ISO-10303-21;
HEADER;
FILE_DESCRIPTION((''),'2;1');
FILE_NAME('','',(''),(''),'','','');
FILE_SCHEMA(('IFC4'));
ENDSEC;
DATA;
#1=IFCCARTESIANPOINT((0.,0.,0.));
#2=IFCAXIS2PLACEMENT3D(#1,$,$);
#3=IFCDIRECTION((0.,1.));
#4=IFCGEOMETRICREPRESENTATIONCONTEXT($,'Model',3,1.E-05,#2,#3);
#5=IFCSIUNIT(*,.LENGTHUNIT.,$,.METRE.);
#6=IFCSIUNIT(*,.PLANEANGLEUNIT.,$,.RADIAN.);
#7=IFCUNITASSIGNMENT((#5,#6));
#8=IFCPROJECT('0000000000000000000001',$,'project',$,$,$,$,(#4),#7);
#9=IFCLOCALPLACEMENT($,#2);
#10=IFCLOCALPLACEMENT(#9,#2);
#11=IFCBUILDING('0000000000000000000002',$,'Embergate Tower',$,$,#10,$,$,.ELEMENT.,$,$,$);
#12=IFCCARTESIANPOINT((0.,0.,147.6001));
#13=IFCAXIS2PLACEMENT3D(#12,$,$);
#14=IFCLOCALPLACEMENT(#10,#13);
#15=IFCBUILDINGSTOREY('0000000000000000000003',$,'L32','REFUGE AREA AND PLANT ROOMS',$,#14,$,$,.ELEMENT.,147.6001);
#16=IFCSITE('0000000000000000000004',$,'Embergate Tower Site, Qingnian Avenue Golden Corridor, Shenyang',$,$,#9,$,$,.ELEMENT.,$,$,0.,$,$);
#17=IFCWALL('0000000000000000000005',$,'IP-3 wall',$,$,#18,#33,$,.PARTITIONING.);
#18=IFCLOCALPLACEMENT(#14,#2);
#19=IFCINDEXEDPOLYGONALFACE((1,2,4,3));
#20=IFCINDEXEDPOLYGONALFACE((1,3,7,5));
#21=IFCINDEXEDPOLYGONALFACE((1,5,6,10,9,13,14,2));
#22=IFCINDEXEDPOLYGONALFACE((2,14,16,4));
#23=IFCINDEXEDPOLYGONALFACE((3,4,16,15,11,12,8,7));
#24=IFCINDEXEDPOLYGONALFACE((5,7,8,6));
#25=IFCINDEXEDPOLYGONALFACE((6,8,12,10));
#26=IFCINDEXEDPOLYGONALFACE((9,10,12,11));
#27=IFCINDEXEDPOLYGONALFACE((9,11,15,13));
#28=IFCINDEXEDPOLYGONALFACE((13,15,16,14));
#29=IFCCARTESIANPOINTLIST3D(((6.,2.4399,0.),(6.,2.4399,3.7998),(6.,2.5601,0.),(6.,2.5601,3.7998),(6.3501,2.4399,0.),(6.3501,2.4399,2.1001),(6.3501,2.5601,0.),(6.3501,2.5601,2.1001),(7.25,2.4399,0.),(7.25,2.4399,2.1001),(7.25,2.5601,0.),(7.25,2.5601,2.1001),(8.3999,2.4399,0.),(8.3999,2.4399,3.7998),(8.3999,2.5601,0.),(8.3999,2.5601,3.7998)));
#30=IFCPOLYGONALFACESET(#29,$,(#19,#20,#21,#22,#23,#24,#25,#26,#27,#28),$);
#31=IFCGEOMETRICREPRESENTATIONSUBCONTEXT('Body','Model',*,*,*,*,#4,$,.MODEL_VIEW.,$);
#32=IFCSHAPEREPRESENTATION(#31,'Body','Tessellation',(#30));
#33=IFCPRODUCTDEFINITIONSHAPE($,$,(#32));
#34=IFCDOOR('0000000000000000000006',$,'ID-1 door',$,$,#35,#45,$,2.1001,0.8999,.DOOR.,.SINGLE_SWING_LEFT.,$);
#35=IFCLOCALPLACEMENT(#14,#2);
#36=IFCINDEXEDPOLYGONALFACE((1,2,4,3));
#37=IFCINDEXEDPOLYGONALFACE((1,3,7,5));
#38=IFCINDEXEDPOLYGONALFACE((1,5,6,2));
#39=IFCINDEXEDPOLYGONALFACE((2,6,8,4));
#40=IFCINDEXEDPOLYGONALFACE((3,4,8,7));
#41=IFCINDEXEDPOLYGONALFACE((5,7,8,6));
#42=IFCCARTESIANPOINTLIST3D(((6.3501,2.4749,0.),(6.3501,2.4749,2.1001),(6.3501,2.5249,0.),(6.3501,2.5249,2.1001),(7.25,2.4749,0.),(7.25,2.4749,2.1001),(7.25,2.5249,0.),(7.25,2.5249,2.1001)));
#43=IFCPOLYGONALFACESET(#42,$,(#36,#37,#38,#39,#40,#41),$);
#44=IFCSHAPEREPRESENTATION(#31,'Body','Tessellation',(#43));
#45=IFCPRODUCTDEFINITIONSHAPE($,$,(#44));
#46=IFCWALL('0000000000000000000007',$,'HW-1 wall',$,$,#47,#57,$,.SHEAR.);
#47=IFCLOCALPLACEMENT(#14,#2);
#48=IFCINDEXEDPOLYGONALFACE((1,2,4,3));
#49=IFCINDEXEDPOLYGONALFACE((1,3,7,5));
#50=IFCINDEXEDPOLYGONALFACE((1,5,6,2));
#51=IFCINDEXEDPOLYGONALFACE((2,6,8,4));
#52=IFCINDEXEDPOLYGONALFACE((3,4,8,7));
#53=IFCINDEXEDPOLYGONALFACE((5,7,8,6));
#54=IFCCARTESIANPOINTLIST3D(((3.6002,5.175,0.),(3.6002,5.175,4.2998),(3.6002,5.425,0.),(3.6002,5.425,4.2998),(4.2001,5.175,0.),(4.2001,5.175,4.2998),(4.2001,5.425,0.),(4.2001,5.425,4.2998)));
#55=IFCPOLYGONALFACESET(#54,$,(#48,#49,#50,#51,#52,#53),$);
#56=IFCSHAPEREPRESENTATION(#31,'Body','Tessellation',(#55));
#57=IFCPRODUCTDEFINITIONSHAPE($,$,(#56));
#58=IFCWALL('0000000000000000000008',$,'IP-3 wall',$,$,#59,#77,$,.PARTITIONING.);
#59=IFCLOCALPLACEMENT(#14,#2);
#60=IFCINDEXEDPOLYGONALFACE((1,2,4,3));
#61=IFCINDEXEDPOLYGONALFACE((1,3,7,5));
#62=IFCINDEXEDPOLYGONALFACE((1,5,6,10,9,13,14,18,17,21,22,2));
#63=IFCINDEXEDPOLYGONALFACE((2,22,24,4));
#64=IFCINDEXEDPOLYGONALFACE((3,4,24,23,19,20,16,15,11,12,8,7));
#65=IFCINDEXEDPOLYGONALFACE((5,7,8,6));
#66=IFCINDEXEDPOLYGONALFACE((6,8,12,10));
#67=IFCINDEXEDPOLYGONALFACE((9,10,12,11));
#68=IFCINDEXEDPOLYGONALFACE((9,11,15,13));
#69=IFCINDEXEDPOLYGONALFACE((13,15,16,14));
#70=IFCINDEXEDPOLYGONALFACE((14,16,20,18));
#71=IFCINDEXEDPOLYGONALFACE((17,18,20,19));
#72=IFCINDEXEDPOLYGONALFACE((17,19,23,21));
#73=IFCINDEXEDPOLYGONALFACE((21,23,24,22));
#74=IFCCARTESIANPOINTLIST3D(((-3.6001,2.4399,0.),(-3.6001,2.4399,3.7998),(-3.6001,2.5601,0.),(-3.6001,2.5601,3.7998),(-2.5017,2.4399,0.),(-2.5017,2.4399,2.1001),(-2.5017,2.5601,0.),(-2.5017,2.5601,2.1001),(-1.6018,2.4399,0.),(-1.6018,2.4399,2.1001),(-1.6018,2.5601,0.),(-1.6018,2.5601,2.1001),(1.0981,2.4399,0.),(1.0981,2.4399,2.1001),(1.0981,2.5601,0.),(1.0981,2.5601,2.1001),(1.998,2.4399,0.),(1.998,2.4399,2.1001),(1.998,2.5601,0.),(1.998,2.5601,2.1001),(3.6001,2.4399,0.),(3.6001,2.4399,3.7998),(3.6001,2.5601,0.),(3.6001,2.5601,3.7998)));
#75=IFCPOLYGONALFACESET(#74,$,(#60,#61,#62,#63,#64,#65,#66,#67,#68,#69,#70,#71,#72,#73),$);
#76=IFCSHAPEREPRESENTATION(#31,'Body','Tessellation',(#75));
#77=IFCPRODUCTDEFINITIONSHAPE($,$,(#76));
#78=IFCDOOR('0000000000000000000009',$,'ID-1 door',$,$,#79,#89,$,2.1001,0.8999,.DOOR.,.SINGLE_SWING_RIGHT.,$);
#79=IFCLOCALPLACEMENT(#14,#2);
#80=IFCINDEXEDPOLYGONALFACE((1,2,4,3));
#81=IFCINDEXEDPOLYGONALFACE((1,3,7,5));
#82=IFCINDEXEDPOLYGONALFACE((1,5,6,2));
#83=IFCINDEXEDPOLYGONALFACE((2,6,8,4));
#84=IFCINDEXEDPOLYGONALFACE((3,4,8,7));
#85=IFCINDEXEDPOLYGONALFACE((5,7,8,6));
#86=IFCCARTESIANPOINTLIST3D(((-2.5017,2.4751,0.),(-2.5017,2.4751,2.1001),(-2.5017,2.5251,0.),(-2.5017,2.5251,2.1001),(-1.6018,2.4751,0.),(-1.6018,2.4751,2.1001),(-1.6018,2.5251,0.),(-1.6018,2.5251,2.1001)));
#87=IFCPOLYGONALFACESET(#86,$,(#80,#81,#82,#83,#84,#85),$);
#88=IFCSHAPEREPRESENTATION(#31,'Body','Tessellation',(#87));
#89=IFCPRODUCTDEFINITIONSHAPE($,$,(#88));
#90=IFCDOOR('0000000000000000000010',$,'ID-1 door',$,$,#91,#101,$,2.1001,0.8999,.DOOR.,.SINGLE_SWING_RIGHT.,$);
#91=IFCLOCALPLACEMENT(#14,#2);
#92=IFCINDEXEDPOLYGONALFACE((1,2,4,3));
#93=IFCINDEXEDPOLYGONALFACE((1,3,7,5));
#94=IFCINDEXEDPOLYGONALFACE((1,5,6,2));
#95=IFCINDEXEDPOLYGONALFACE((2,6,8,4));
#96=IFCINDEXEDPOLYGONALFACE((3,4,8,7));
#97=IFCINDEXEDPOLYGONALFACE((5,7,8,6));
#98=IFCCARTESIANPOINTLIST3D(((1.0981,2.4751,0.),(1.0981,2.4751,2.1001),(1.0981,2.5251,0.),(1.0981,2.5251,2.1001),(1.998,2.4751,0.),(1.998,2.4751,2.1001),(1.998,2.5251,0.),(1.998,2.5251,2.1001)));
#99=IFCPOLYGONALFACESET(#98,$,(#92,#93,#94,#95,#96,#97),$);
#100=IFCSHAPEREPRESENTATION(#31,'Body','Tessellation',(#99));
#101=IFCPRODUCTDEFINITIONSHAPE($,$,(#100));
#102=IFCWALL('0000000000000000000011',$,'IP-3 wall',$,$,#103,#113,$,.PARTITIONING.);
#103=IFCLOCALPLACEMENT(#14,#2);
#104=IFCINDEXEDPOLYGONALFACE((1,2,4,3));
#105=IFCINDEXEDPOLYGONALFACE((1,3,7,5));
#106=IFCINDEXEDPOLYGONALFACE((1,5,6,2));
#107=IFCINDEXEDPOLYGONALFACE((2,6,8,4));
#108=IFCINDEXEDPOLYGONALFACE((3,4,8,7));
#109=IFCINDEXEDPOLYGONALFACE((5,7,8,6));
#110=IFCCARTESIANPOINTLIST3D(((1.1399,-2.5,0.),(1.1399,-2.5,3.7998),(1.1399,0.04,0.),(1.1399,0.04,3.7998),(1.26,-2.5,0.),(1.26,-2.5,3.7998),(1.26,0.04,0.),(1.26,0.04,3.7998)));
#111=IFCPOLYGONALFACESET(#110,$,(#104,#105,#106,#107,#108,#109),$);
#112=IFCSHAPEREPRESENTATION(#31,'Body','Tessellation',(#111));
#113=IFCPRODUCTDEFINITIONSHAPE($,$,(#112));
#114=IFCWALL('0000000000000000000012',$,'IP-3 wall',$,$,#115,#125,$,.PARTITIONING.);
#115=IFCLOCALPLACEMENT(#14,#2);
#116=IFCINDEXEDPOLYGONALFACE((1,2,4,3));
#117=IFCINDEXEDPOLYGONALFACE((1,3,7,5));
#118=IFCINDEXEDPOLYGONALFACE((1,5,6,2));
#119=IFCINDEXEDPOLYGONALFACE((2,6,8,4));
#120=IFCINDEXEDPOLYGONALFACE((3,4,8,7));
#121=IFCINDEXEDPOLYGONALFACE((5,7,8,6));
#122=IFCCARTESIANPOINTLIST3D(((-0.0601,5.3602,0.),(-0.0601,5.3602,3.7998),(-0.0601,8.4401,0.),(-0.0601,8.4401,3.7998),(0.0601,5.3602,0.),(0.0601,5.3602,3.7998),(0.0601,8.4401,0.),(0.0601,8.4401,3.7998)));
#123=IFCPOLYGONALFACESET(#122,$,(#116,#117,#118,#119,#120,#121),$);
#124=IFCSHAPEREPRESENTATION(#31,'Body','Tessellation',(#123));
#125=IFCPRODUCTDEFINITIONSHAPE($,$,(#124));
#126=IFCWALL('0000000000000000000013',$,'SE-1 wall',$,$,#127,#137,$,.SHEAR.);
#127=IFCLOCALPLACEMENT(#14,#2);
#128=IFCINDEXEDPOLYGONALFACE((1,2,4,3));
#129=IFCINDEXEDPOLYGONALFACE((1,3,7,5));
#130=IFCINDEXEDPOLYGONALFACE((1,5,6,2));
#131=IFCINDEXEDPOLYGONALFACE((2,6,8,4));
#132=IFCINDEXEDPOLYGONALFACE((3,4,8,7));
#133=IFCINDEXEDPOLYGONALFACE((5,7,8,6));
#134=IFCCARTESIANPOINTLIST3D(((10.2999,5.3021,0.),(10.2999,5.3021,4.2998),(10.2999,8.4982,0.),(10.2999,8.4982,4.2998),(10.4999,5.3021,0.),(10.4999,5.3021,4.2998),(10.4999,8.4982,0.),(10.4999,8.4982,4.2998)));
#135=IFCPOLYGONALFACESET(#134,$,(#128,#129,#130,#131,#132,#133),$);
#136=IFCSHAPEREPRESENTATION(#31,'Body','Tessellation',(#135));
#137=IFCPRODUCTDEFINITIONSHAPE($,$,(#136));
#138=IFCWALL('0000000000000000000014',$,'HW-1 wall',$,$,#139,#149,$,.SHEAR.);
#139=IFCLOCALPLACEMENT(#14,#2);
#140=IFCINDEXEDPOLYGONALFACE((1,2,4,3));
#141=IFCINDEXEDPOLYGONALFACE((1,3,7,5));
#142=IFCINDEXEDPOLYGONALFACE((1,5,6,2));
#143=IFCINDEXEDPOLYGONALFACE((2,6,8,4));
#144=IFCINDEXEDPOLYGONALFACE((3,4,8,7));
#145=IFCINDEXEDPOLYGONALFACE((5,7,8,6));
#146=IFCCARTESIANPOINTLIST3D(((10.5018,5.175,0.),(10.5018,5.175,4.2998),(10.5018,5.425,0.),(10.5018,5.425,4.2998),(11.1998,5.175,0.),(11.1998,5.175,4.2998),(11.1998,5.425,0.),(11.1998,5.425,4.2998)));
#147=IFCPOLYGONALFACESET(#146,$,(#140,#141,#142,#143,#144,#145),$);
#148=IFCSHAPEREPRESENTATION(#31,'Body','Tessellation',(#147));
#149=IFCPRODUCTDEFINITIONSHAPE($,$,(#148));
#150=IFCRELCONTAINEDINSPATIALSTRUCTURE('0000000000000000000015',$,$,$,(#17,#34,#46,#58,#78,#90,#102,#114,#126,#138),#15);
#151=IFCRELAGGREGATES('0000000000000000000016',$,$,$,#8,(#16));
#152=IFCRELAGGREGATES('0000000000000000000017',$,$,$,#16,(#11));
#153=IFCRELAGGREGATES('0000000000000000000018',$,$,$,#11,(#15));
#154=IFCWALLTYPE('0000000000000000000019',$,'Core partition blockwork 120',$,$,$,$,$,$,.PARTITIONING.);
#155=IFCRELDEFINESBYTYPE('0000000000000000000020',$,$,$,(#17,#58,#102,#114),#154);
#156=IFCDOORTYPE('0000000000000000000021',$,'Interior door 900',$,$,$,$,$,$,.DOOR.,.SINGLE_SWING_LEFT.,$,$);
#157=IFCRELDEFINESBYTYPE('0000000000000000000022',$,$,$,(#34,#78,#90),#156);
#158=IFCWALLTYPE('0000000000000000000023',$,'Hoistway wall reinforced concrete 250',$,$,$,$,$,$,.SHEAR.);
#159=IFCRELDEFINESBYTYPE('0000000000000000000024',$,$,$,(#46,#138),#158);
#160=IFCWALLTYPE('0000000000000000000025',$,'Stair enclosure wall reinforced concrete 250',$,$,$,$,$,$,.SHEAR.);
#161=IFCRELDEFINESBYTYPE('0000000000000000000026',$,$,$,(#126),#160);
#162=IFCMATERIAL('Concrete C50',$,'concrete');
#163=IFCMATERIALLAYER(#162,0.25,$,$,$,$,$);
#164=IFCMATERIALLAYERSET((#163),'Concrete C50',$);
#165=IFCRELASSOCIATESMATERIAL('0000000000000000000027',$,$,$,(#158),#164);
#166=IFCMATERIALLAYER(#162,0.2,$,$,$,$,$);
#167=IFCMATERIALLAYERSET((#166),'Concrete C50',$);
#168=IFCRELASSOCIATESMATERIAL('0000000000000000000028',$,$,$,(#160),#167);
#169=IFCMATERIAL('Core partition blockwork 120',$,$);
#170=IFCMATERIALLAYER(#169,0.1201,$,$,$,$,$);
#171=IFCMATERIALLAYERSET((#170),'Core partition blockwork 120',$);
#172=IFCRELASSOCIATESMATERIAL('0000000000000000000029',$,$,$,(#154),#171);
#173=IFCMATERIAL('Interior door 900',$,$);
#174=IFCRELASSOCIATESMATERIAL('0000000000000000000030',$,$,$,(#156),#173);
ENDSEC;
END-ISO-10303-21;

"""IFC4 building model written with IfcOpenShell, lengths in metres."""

from ifc_helpers import new_model, si_unit, direction, frame, frame_2d, origin, place, context, subcontext, project, spatial, rectangle, extrude, source, transform, mapped, material, layer, layer_set, type_object, element, fill, save


model = new_model("IFC4")

# Units and contexts
model_context = context("Model", 3, precision=1e-05, world=origin(), true_north=direction((0.0, 1.0)))
body_context = subcontext(model_context, "Body", "Model", "MODEL_VIEW")
ifc_project = project(units=[si_unit("LENGTHUNIT", "METRE"), si_unit("PLANEANGLEUNIT", "RADIAN")], contexts=[model_context])

# Site, building, storey
site_placement = place(None, origin())
site = spatial("IfcSite", under=ifc_project, at=site_placement, Name="Embergate Tower Site, Qingnian Avenue Golden Corridor, Shenyang", CompositionType="ELEMENT", RefElevation=0.0)
building_placement = place(site_placement, origin())
building = spatial("IfcBuilding", under=site, at=building_placement, Name="Embergate Tower", CompositionType="ELEMENT")
storey_placement = place(building_placement, frame((0.0, 0.0, 147.6001)))
storey = spatial("IfcBuildingStorey", under=building, at=storey_placement, Name="L32", Description="REFUGE AREA AND PLANT ROOMS", CompositionType="ELEMENT", Elevation=147.6001)

# Shared definitions
ifc_material_1 = material(Name="Concrete C50", Category="concrete")
ifc_layer_1 = layer(ifc_material_1, 0.25)
ifc_layer_set_1 = layer_set([ifc_layer_1], Name="Concrete C50")
wall_type_1 = type_object("IfcWallType", Name="Hoistway wall reinforced concrete 250", PredefinedType="SHEAR", material=ifc_layer_set_1)

# Shared definitions
ifc_layer_2 = layer(ifc_material_1, 0.2)
ifc_layer_set_2 = layer_set([ifc_layer_2], Name="Concrete C50")
wall_type_2 = type_object("IfcWallType", Name="Stair enclosure wall reinforced concrete 250", PredefinedType="SHEAR", material=ifc_layer_set_2)

# Shared definitions
ifc_material_2 = material(Name="Core partition blockwork 120")
ifc_layer_3 = layer(ifc_material_2, 0.1201)
ifc_layer_set_3 = layer_set([ifc_layer_3], Name="Core partition blockwork 120")
wall_type_3 = type_object("IfcWallType", Name="Core partition blockwork 120", PredefinedType="PARTITIONING", material=ifc_layer_set_3)

# Wall, opening, door
shared_shape_1 = source(origin(), body_context, "Body", "SweptSolid", [
    extrude(rectangle(XDim=2.3999, YDim=0.1201, at=frame_2d((1.2, 0.0))), origin(), (0.0, 0.0, 1.0), 3.7998),
])
wall_1_placement = place(storey_placement, frame((6.0, 2.5, 0.0), z_axis=(0.0, 0.0, 1.0), x_axis=(1.0, 0.0, 0.0)))
wall_1 = element("IfcWall", 1, at=wall_1_placement, inside=storey, type_object=wall_type_3, Name="IP-3 wall", PredefinedType="PARTITIONING", context=body_context, shape_type="MappedRepresentation", body=[
    mapped(shared_shape_1, transform((0.0, 0.0, 0.0))),
])
shared_shape_2 = source(origin(), body_context, "Body", "SweptSolid", [
    extrude(rectangle(XDim=0.8999, YDim=2.1001, at=frame_2d((0.45, 1.05))), frame((0.0, 0.0701, 0.0), z_axis=(0.0, -1.0, 0.0), x_axis=(1.0, 0.0, 0.0)), (0.0, 0.0, 1.0), 0.1401),
])
opening_1_placement = place(wall_1_placement, frame((0.3501, 0.0, 0.0)))
opening_1 = element("IfcOpeningElement", 2, at=opening_1_placement, cuts=wall_1, PredefinedType="OPENING", context=body_context, shape_type="MappedRepresentation", body=[
    mapped(shared_shape_2, transform((0.0, 0.0, 0.0))),
])
ifc_material_3 = material(Name="Interior door 900")
door_type_1 = type_object("IfcDoorType", Name="Interior door 900", OperationType="SINGLE_SWING_LEFT", PredefinedType="DOOR", material=ifc_material_3)
shared_shape_3 = source(origin(), body_context, "Body", "SweptSolid", [
    extrude(rectangle(XDim=0.8999, YDim=2.1001, at=frame_2d((0.45, 1.05))), frame((0.0, 0.0249, 0.0), z_axis=(0.0, -1.0, 0.0), x_axis=(1.0, 0.0, 0.0)), (0.0, 0.0, 1.0), 0.05),
])
door_1_placement = place(opening_1_placement, origin())
door_1 = element("IfcDoor", 3, at=door_1_placement, inside=storey, type_object=door_type_1, Name="ID-1 door", OperationType="SINGLE_SWING_LEFT", OverallHeight=2.1001, OverallWidth=0.8999, PredefinedType="DOOR", context=body_context, shape_type="MappedRepresentation", body=[
    mapped(shared_shape_3, transform((0.0, 0.0, 0.0))),
])
fill(opening_1, door_1)

# Wall
shared_shape_4 = source(origin(), body_context, "Body", "SweptSolid", [
    extrude(rectangle(XDim=0.5999, YDim=0.25, at=frame_2d((0.2998, 0.0))), origin(), (0.0, 0.0, 1.0), 4.2998),
])
wall_2_placement = place(storey_placement, frame((4.2, 5.3, 0.0), z_axis=(0.0, 0.0, 1.0), x_axis=(-1.0, 0.0, 0.0)))
element("IfcWall", 4, at=wall_2_placement, inside=storey, type_object=wall_type_1, Name="HW-1 wall", PredefinedType="SHEAR", context=body_context, shape_type="MappedRepresentation", body=[
    mapped(shared_shape_4, transform((0.0, 0.0, 0.0))),
])

# Wall, openings, doors
shared_shape_5 = source(origin(), body_context, "Body", "SweptSolid", [
    extrude(rectangle(XDim=7.2002, YDim=0.1201, at=frame_2d((3.6001, 0.0))), origin(), (0.0, 0.0, 1.0), 3.7998),
])
wall_3_placement = place(storey_placement, frame((3.6001, 2.5, 0.0), z_axis=(0.0, 0.0, 1.0), x_axis=(-1.0, 0.0, 0.0)))
wall_3 = element("IfcWall", 5, at=wall_3_placement, inside=storey, type_object=wall_type_3, Name="IP-3 wall", PredefinedType="PARTITIONING", context=body_context, shape_type="MappedRepresentation", body=[
    mapped(shared_shape_5, transform((0.0, 0.0, 0.0))),
])
opening_2_placement = place(wall_3_placement, frame((5.2019, 0.0, 0.0)))
opening_2 = element("IfcOpeningElement", 6, at=opening_2_placement, cuts=wall_3, PredefinedType="OPENING", context=body_context, shape_type="MappedRepresentation", body=[
    mapped(shared_shape_2, transform((0.0, 0.0, 0.0))),
])
opening_3_placement = place(wall_3_placement, frame((1.6021, 0.0, 0.0)))
opening_3 = element("IfcOpeningElement", 7, at=opening_3_placement, cuts=wall_3, PredefinedType="OPENING", context=body_context, shape_type="MappedRepresentation", body=[
    mapped(shared_shape_2, transform((0.0, 0.0, 0.0))),
])
door_2_placement = place(opening_2_placement, origin())
door_2 = element("IfcDoor", 8, at=door_2_placement, inside=storey, type_object=door_type_1, Name="ID-1 door", OperationType="SINGLE_SWING_RIGHT", OverallHeight=2.1001, OverallWidth=0.8999, PredefinedType="DOOR", context=body_context, shape_type="MappedRepresentation", body=[
    mapped(shared_shape_3, transform((0.0, 0.0, 0.0))),
])
fill(opening_2, door_2)
door_3_placement = place(opening_3_placement, origin())
door_3 = element("IfcDoor", 9, at=door_3_placement, inside=storey, type_object=door_type_1, Name="ID-1 door", OperationType="SINGLE_SWING_RIGHT", OverallHeight=2.1001, OverallWidth=0.8999, PredefinedType="DOOR", context=body_context, shape_type="MappedRepresentation", body=[
    mapped(shared_shape_3, transform((0.0, 0.0, 0.0))),
])
fill(opening_3, door_3)

# Walls
shared_shape_6 = source(origin(), body_context, "Body", "SweptSolid", [
    extrude(rectangle(XDim=2.54, YDim=0.1201, at=frame_2d((1.27, 0.0))), origin(), (0.0, 0.0, 1.0), 3.7998),
])
wall_4_placement = place(storey_placement, frame((1.2, 0.04, 0.0), z_axis=(0.0, 0.0, 1.0), x_axis=(0.0, -1.0, 0.0)))
element("IfcWall", 10, at=wall_4_placement, inside=storey, type_object=wall_type_3, Name="IP-3 wall", PredefinedType="PARTITIONING", context=body_context, shape_type="MappedRepresentation", body=[
    mapped(shared_shape_6, transform((0.0, 0.0, 0.0))),
])
shared_shape_7 = source(origin(), body_context, "Body", "SweptSolid", [
    extrude(rectangle(XDim=3.0798, YDim=0.1201, at=frame_2d((1.54, 0.0))), origin(), (0.0, 0.0, 1.0), 3.7998),
])
wall_5_placement = place(storey_placement, frame((0.0, 5.3601, 0.0), z_axis=(0.0, 0.0, 1.0), x_axis=(0.0, 1.0, 0.0)))
element("IfcWall", 11, at=wall_5_placement, inside=storey, type_object=wall_type_3, Name="IP-3 wall", PredefinedType="PARTITIONING", context=body_context, shape_type="MappedRepresentation", body=[
    mapped(shared_shape_7, transform((0.0, 0.0, 0.0))),
])
shared_shape_8 = source(origin(), body_context, "Body", "SweptSolid", [
    extrude(rectangle(XDim=3.196, YDim=0.2, at=frame_2d((1.5981, 0.0))), origin(), (0.0, 0.0, 1.0), 4.2998),
])
wall_6_placement = place(storey_placement, frame((10.3999, 5.302, 0.0), z_axis=(0.0, 0.0, 1.0), x_axis=(0.0, 1.0, 0.0)))
element("IfcWall", 12, at=wall_6_placement, inside=storey, type_object=wall_type_2, Name="SE-1 wall", PredefinedType="SHEAR", context=body_context, shape_type="MappedRepresentation", body=[
    mapped(shared_shape_8, transform((0.0, 0.0, 0.0))),
])
shared_shape_9 = source(origin(), body_context, "Body", "SweptSolid", [
    extrude(rectangle(XDim=0.698, YDim=0.25, at=frame_2d((0.3491, 0.0))), origin(), (0.0, 0.0, 1.0), 4.2998),
])
wall_7_placement = place(storey_placement, frame((11.2, 5.3, 0.0), z_axis=(0.0, 0.0, 1.0), x_axis=(-1.0, 0.0, 0.0)))
element("IfcWall", 13, at=wall_7_placement, inside=storey, type_object=wall_type_1, Name="HW-1 wall", PredefinedType="SHEAR", context=body_context, shape_type="MappedRepresentation", body=[
    mapped(shared_shape_9, transform((0.0, 0.0, 0.0))),
])

save(model, "model.ifc")
